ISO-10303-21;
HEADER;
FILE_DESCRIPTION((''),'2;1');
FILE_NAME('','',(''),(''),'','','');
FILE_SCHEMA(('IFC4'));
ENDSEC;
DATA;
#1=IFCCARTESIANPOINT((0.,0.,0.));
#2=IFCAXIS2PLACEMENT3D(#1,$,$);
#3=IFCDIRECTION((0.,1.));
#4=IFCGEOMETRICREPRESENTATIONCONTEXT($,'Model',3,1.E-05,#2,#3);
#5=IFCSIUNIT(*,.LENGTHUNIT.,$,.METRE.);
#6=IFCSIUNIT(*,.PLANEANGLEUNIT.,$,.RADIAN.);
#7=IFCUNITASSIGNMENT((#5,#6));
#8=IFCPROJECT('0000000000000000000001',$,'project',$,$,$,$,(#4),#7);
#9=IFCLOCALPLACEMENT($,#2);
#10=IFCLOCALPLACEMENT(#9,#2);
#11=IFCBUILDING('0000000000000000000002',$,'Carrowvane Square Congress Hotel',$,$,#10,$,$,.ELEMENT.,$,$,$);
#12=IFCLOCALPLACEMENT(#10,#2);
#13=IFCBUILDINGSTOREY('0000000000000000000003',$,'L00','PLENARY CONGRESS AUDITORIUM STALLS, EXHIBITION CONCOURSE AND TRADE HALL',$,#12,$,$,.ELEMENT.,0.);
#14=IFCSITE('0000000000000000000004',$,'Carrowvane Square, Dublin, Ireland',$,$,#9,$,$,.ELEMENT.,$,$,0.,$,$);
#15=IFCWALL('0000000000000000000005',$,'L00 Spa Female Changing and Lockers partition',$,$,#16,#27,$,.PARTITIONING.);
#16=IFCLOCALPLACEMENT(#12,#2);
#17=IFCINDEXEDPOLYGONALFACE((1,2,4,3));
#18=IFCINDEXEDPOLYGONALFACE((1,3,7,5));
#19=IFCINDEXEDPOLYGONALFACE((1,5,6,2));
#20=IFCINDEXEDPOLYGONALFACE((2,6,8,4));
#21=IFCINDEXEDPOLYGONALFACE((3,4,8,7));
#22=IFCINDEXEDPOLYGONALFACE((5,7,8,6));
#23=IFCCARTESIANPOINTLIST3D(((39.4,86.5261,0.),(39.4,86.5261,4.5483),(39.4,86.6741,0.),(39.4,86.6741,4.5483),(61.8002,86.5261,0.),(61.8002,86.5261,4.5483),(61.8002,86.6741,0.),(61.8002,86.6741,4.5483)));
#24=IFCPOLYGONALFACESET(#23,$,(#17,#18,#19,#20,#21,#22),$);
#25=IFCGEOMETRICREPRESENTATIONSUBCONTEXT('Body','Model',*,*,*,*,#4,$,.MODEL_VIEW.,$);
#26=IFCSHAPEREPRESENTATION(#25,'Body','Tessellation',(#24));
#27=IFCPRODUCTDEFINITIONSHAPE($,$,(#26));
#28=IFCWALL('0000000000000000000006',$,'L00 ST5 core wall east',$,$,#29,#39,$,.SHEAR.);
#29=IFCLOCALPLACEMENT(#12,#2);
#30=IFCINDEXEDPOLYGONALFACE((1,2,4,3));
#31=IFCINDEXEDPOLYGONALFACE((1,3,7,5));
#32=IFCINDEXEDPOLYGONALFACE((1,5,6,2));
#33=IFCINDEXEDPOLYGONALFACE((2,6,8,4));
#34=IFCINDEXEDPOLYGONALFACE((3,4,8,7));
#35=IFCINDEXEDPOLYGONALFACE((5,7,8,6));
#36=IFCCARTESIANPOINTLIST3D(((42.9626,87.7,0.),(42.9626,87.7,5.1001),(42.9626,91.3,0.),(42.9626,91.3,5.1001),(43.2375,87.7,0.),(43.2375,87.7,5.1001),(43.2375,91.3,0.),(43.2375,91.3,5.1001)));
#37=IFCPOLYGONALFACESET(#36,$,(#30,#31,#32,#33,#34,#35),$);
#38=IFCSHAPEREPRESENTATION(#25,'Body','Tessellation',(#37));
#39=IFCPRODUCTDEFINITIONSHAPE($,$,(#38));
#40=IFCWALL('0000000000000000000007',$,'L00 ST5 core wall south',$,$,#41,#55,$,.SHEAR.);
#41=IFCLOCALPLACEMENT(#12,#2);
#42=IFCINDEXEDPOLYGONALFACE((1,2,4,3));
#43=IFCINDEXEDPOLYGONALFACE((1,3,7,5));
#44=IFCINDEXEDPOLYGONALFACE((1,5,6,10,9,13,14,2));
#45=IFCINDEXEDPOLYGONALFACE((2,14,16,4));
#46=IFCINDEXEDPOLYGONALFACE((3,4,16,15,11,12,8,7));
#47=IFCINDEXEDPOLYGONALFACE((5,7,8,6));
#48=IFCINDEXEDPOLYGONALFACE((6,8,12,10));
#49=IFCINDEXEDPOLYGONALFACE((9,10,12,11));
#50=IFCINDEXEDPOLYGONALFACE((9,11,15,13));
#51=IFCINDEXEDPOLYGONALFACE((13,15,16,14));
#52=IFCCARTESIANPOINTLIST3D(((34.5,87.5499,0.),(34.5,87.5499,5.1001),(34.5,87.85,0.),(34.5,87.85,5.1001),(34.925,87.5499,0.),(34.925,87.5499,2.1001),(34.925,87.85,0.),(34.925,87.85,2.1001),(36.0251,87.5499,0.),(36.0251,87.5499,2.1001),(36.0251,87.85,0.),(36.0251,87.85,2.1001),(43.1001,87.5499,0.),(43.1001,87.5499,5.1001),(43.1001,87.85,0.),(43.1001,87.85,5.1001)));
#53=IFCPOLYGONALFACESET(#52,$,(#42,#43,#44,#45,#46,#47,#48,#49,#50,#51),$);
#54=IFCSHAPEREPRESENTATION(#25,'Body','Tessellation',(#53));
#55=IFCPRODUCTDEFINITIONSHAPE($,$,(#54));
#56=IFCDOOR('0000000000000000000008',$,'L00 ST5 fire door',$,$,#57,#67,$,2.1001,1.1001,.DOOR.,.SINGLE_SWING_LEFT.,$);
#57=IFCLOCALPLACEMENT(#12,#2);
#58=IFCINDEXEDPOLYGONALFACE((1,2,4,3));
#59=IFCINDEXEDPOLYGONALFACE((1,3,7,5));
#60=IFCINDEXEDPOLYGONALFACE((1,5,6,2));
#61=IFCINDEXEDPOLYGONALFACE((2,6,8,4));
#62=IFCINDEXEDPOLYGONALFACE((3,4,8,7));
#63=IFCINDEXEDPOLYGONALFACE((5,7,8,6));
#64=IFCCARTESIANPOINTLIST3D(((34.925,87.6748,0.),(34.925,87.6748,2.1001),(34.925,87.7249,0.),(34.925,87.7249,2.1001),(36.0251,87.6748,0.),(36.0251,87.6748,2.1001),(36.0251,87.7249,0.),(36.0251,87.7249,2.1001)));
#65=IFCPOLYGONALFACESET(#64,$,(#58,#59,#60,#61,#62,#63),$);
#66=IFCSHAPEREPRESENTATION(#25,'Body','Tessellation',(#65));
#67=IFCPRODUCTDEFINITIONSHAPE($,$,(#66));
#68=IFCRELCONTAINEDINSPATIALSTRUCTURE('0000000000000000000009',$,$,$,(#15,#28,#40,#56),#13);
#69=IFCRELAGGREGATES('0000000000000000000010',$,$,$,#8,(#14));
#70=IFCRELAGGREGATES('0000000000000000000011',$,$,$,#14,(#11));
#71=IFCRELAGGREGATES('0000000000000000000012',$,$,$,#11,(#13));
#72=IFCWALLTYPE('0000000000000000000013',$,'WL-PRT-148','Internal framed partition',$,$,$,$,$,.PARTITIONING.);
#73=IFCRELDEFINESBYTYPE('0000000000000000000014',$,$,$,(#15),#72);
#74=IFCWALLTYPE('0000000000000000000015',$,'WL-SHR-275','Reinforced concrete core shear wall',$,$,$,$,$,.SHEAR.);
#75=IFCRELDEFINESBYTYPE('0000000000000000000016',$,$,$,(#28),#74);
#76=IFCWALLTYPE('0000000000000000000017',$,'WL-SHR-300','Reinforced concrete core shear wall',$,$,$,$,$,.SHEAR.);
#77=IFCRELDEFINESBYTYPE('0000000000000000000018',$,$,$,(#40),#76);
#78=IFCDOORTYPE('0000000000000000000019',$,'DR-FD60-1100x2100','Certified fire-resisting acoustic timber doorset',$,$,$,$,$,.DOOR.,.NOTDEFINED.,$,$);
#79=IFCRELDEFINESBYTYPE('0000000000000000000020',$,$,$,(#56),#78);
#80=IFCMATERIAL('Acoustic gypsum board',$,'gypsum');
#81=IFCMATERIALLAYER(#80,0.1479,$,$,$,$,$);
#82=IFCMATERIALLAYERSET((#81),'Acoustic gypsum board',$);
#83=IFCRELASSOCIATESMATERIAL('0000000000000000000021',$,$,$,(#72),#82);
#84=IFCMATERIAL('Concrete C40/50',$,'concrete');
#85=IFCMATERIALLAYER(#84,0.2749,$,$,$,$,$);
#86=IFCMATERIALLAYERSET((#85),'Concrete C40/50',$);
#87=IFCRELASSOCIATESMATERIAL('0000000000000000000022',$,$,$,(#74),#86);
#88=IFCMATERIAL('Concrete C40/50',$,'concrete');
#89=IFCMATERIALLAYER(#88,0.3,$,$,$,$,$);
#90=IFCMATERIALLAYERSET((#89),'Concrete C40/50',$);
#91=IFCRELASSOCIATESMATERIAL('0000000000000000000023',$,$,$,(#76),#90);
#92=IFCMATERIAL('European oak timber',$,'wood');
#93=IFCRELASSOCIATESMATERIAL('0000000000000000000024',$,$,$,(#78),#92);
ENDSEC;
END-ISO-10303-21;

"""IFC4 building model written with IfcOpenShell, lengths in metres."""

from ifc_helpers import new_model, si_unit, direction, frame, frame_2d, origin, place, context, subcontext, project, spatial, rectangle, extrude, material, layer, layer_set, type_object, element, fill, save


model = new_model("IFC4")

# Units and contexts
model_context = context("Model", 3, precision=1e-05, world=origin(), true_north=direction((0.0, 1.0)))
body_context = subcontext(model_context, "Body", "Model", "MODEL_VIEW")
ifc_project = project(units=[si_unit("LENGTHUNIT", "METRE"), si_unit("PLANEANGLEUNIT", "RADIAN")], contexts=[model_context])

# Site, building, storey
site_placement = place(None, origin())
site = spatial("IfcSite", under=ifc_project, at=site_placement, Name="Carrowvane Square, Dublin, Ireland", CompositionType="ELEMENT", RefElevation=0.0)
building_placement = place(site_placement, origin())
building = spatial("IfcBuilding", under=site, at=building_placement, Name="Carrowvane Square Congress Hotel", CompositionType="ELEMENT")
storey_placement = place(building_placement, origin())
storey = spatial("IfcBuildingStorey", under=building, at=storey_placement, Name="L00", Description="PLENARY CONGRESS AUDITORIUM STALLS, EXHIBITION CONCOURSE AND TRADE HALL", CompositionType="ELEMENT", Elevation=0.0)

# Walls
ifc_material_1 = material(Name="Acoustic gypsum board", Category="gypsum")
ifc_layer_1 = layer(ifc_material_1, 0.1479)
ifc_layer_set_1 = layer_set([ifc_layer_1], Name="Acoustic gypsum board")
wall_type_1 = type_object("IfcWallType", Name="WL-PRT-148", Description="Internal framed partition", PredefinedType="PARTITIONING", material=ifc_layer_set_1)
wall_1_placement = place(storey_placement, frame((39.3999, 86.6001, 0.0), z_axis=(0.0, 0.0, 1.0), x_axis=(1.0, 0.0, 0.0)))
element("IfcWall", 1, at=wall_1_placement, inside=storey, type_object=wall_type_1, Name="L00 Spa Female Changing and Lockers partition", PredefinedType="PARTITIONING", context=body_context, shape_type="SweptSolid", body=[
    extrude(rectangle(XDim=22.4001, YDim=0.1479, at=frame_2d((11.2002, 0.0))), origin(), (0.0, 0.0, 1.0), 4.5483),
])
ifc_material_2 = material(Name="Concrete C40/50", Category="concrete")
ifc_layer_2 = layer(ifc_material_2, 0.2749)
ifc_layer_set_2 = layer_set([ifc_layer_2], Name="Concrete C40/50")
wall_type_2 = type_object("IfcWallType", Name="WL-SHR-275", Description="Reinforced concrete core shear wall", PredefinedType="SHEAR", material=ifc_layer_set_2)
wall_2_placement = place(storey_placement, frame((43.1001, 87.7, 0.0), z_axis=(0.0, 0.0, 1.0), x_axis=(0.0, 1.0, 0.0)))
element("IfcWall", 2, at=wall_2_placement, inside=storey, type_object=wall_type_2, Name="L00 ST5 core wall east", PredefinedType="SHEAR", context=body_context, shape_type="SweptSolid", body=[
    extrude(rectangle(XDim=3.6001, YDim=0.2749, at=frame_2d((1.8, 0.0))), origin(), (0.0, 0.0, 1.0), 5.1001),
])

# Wall, opening, door
ifc_material_3 = material(Name="Concrete C40/50", Category="concrete")
ifc_layer_3 = layer(ifc_material_3, 0.3)
ifc_layer_set_3 = layer_set([ifc_layer_3], Name="Concrete C40/50")
wall_type_3 = type_object("IfcWallType", Name="WL-SHR-300", Description="Reinforced concrete core shear wall", PredefinedType="SHEAR", material=ifc_layer_set_3)
wall_3_placement = place(storey_placement, frame((34.5, 87.7, 0.0), z_axis=(0.0, 0.0, 1.0), x_axis=(1.0, 0.0, 0.0)))
wall_3 = element("IfcWall", 3, at=wall_3_placement, inside=storey, type_object=wall_type_3, Name="L00 ST5 core wall south", PredefinedType="SHEAR", context=body_context, shape_type="SweptSolid", body=[
    extrude(rectangle(XDim=8.6001, YDim=0.3, at=frame_2d((4.3, 0.0))), origin(), (0.0, 0.0, 1.0), 5.1001),
])
opening_1_placement = place(wall_3_placement, frame((0.425, 0.0, 0.0)))
opening_1 = element("IfcOpeningElement", 4, at=opening_1_placement, cuts=wall_3, PredefinedType="OPENING", context=body_context, shape_type="SweptSolid", body=[
    extrude(rectangle(XDim=1.1001, YDim=2.1001, at=frame_2d((0.55, 1.05))), frame((0.0, 0.1599, 0.0), z_axis=(0.0, -1.0, 0.0), x_axis=(1.0, 0.0, 0.0)), (0.0, 0.0, 1.0), 0.3201),
])
ifc_material_4 = material(Name="European oak timber", Category="wood")
door_type_1 = type_object("IfcDoorType", Name="DR-FD60-1100x2100", Description="Certified fire-resisting acoustic timber doorset", OperationType="NOTDEFINED", PredefinedType="DOOR", material=ifc_material_4)
door_1_placement = place(opening_1_placement, origin())
door_1 = element("IfcDoor", 5, at=door_1_placement, inside=storey, type_object=door_type_1, Name="L00 ST5 fire door", OperationType="SINGLE_SWING_LEFT", OverallHeight=2.1001, OverallWidth=1.1001, PredefinedType="DOOR", context=body_context, shape_type="SweptSolid", body=[
    extrude(rectangle(XDim=1.1001, YDim=2.1001, at=frame_2d((0.55, 1.05))), frame((0.0, 0.0249, 0.0), z_axis=(0.0, -1.0, 0.0), x_axis=(1.0, 0.0, 0.0)), (0.0, 0.0, 1.0), 0.05),
])
fill(opening_1, door_1)

save(model, "model.ifc")
